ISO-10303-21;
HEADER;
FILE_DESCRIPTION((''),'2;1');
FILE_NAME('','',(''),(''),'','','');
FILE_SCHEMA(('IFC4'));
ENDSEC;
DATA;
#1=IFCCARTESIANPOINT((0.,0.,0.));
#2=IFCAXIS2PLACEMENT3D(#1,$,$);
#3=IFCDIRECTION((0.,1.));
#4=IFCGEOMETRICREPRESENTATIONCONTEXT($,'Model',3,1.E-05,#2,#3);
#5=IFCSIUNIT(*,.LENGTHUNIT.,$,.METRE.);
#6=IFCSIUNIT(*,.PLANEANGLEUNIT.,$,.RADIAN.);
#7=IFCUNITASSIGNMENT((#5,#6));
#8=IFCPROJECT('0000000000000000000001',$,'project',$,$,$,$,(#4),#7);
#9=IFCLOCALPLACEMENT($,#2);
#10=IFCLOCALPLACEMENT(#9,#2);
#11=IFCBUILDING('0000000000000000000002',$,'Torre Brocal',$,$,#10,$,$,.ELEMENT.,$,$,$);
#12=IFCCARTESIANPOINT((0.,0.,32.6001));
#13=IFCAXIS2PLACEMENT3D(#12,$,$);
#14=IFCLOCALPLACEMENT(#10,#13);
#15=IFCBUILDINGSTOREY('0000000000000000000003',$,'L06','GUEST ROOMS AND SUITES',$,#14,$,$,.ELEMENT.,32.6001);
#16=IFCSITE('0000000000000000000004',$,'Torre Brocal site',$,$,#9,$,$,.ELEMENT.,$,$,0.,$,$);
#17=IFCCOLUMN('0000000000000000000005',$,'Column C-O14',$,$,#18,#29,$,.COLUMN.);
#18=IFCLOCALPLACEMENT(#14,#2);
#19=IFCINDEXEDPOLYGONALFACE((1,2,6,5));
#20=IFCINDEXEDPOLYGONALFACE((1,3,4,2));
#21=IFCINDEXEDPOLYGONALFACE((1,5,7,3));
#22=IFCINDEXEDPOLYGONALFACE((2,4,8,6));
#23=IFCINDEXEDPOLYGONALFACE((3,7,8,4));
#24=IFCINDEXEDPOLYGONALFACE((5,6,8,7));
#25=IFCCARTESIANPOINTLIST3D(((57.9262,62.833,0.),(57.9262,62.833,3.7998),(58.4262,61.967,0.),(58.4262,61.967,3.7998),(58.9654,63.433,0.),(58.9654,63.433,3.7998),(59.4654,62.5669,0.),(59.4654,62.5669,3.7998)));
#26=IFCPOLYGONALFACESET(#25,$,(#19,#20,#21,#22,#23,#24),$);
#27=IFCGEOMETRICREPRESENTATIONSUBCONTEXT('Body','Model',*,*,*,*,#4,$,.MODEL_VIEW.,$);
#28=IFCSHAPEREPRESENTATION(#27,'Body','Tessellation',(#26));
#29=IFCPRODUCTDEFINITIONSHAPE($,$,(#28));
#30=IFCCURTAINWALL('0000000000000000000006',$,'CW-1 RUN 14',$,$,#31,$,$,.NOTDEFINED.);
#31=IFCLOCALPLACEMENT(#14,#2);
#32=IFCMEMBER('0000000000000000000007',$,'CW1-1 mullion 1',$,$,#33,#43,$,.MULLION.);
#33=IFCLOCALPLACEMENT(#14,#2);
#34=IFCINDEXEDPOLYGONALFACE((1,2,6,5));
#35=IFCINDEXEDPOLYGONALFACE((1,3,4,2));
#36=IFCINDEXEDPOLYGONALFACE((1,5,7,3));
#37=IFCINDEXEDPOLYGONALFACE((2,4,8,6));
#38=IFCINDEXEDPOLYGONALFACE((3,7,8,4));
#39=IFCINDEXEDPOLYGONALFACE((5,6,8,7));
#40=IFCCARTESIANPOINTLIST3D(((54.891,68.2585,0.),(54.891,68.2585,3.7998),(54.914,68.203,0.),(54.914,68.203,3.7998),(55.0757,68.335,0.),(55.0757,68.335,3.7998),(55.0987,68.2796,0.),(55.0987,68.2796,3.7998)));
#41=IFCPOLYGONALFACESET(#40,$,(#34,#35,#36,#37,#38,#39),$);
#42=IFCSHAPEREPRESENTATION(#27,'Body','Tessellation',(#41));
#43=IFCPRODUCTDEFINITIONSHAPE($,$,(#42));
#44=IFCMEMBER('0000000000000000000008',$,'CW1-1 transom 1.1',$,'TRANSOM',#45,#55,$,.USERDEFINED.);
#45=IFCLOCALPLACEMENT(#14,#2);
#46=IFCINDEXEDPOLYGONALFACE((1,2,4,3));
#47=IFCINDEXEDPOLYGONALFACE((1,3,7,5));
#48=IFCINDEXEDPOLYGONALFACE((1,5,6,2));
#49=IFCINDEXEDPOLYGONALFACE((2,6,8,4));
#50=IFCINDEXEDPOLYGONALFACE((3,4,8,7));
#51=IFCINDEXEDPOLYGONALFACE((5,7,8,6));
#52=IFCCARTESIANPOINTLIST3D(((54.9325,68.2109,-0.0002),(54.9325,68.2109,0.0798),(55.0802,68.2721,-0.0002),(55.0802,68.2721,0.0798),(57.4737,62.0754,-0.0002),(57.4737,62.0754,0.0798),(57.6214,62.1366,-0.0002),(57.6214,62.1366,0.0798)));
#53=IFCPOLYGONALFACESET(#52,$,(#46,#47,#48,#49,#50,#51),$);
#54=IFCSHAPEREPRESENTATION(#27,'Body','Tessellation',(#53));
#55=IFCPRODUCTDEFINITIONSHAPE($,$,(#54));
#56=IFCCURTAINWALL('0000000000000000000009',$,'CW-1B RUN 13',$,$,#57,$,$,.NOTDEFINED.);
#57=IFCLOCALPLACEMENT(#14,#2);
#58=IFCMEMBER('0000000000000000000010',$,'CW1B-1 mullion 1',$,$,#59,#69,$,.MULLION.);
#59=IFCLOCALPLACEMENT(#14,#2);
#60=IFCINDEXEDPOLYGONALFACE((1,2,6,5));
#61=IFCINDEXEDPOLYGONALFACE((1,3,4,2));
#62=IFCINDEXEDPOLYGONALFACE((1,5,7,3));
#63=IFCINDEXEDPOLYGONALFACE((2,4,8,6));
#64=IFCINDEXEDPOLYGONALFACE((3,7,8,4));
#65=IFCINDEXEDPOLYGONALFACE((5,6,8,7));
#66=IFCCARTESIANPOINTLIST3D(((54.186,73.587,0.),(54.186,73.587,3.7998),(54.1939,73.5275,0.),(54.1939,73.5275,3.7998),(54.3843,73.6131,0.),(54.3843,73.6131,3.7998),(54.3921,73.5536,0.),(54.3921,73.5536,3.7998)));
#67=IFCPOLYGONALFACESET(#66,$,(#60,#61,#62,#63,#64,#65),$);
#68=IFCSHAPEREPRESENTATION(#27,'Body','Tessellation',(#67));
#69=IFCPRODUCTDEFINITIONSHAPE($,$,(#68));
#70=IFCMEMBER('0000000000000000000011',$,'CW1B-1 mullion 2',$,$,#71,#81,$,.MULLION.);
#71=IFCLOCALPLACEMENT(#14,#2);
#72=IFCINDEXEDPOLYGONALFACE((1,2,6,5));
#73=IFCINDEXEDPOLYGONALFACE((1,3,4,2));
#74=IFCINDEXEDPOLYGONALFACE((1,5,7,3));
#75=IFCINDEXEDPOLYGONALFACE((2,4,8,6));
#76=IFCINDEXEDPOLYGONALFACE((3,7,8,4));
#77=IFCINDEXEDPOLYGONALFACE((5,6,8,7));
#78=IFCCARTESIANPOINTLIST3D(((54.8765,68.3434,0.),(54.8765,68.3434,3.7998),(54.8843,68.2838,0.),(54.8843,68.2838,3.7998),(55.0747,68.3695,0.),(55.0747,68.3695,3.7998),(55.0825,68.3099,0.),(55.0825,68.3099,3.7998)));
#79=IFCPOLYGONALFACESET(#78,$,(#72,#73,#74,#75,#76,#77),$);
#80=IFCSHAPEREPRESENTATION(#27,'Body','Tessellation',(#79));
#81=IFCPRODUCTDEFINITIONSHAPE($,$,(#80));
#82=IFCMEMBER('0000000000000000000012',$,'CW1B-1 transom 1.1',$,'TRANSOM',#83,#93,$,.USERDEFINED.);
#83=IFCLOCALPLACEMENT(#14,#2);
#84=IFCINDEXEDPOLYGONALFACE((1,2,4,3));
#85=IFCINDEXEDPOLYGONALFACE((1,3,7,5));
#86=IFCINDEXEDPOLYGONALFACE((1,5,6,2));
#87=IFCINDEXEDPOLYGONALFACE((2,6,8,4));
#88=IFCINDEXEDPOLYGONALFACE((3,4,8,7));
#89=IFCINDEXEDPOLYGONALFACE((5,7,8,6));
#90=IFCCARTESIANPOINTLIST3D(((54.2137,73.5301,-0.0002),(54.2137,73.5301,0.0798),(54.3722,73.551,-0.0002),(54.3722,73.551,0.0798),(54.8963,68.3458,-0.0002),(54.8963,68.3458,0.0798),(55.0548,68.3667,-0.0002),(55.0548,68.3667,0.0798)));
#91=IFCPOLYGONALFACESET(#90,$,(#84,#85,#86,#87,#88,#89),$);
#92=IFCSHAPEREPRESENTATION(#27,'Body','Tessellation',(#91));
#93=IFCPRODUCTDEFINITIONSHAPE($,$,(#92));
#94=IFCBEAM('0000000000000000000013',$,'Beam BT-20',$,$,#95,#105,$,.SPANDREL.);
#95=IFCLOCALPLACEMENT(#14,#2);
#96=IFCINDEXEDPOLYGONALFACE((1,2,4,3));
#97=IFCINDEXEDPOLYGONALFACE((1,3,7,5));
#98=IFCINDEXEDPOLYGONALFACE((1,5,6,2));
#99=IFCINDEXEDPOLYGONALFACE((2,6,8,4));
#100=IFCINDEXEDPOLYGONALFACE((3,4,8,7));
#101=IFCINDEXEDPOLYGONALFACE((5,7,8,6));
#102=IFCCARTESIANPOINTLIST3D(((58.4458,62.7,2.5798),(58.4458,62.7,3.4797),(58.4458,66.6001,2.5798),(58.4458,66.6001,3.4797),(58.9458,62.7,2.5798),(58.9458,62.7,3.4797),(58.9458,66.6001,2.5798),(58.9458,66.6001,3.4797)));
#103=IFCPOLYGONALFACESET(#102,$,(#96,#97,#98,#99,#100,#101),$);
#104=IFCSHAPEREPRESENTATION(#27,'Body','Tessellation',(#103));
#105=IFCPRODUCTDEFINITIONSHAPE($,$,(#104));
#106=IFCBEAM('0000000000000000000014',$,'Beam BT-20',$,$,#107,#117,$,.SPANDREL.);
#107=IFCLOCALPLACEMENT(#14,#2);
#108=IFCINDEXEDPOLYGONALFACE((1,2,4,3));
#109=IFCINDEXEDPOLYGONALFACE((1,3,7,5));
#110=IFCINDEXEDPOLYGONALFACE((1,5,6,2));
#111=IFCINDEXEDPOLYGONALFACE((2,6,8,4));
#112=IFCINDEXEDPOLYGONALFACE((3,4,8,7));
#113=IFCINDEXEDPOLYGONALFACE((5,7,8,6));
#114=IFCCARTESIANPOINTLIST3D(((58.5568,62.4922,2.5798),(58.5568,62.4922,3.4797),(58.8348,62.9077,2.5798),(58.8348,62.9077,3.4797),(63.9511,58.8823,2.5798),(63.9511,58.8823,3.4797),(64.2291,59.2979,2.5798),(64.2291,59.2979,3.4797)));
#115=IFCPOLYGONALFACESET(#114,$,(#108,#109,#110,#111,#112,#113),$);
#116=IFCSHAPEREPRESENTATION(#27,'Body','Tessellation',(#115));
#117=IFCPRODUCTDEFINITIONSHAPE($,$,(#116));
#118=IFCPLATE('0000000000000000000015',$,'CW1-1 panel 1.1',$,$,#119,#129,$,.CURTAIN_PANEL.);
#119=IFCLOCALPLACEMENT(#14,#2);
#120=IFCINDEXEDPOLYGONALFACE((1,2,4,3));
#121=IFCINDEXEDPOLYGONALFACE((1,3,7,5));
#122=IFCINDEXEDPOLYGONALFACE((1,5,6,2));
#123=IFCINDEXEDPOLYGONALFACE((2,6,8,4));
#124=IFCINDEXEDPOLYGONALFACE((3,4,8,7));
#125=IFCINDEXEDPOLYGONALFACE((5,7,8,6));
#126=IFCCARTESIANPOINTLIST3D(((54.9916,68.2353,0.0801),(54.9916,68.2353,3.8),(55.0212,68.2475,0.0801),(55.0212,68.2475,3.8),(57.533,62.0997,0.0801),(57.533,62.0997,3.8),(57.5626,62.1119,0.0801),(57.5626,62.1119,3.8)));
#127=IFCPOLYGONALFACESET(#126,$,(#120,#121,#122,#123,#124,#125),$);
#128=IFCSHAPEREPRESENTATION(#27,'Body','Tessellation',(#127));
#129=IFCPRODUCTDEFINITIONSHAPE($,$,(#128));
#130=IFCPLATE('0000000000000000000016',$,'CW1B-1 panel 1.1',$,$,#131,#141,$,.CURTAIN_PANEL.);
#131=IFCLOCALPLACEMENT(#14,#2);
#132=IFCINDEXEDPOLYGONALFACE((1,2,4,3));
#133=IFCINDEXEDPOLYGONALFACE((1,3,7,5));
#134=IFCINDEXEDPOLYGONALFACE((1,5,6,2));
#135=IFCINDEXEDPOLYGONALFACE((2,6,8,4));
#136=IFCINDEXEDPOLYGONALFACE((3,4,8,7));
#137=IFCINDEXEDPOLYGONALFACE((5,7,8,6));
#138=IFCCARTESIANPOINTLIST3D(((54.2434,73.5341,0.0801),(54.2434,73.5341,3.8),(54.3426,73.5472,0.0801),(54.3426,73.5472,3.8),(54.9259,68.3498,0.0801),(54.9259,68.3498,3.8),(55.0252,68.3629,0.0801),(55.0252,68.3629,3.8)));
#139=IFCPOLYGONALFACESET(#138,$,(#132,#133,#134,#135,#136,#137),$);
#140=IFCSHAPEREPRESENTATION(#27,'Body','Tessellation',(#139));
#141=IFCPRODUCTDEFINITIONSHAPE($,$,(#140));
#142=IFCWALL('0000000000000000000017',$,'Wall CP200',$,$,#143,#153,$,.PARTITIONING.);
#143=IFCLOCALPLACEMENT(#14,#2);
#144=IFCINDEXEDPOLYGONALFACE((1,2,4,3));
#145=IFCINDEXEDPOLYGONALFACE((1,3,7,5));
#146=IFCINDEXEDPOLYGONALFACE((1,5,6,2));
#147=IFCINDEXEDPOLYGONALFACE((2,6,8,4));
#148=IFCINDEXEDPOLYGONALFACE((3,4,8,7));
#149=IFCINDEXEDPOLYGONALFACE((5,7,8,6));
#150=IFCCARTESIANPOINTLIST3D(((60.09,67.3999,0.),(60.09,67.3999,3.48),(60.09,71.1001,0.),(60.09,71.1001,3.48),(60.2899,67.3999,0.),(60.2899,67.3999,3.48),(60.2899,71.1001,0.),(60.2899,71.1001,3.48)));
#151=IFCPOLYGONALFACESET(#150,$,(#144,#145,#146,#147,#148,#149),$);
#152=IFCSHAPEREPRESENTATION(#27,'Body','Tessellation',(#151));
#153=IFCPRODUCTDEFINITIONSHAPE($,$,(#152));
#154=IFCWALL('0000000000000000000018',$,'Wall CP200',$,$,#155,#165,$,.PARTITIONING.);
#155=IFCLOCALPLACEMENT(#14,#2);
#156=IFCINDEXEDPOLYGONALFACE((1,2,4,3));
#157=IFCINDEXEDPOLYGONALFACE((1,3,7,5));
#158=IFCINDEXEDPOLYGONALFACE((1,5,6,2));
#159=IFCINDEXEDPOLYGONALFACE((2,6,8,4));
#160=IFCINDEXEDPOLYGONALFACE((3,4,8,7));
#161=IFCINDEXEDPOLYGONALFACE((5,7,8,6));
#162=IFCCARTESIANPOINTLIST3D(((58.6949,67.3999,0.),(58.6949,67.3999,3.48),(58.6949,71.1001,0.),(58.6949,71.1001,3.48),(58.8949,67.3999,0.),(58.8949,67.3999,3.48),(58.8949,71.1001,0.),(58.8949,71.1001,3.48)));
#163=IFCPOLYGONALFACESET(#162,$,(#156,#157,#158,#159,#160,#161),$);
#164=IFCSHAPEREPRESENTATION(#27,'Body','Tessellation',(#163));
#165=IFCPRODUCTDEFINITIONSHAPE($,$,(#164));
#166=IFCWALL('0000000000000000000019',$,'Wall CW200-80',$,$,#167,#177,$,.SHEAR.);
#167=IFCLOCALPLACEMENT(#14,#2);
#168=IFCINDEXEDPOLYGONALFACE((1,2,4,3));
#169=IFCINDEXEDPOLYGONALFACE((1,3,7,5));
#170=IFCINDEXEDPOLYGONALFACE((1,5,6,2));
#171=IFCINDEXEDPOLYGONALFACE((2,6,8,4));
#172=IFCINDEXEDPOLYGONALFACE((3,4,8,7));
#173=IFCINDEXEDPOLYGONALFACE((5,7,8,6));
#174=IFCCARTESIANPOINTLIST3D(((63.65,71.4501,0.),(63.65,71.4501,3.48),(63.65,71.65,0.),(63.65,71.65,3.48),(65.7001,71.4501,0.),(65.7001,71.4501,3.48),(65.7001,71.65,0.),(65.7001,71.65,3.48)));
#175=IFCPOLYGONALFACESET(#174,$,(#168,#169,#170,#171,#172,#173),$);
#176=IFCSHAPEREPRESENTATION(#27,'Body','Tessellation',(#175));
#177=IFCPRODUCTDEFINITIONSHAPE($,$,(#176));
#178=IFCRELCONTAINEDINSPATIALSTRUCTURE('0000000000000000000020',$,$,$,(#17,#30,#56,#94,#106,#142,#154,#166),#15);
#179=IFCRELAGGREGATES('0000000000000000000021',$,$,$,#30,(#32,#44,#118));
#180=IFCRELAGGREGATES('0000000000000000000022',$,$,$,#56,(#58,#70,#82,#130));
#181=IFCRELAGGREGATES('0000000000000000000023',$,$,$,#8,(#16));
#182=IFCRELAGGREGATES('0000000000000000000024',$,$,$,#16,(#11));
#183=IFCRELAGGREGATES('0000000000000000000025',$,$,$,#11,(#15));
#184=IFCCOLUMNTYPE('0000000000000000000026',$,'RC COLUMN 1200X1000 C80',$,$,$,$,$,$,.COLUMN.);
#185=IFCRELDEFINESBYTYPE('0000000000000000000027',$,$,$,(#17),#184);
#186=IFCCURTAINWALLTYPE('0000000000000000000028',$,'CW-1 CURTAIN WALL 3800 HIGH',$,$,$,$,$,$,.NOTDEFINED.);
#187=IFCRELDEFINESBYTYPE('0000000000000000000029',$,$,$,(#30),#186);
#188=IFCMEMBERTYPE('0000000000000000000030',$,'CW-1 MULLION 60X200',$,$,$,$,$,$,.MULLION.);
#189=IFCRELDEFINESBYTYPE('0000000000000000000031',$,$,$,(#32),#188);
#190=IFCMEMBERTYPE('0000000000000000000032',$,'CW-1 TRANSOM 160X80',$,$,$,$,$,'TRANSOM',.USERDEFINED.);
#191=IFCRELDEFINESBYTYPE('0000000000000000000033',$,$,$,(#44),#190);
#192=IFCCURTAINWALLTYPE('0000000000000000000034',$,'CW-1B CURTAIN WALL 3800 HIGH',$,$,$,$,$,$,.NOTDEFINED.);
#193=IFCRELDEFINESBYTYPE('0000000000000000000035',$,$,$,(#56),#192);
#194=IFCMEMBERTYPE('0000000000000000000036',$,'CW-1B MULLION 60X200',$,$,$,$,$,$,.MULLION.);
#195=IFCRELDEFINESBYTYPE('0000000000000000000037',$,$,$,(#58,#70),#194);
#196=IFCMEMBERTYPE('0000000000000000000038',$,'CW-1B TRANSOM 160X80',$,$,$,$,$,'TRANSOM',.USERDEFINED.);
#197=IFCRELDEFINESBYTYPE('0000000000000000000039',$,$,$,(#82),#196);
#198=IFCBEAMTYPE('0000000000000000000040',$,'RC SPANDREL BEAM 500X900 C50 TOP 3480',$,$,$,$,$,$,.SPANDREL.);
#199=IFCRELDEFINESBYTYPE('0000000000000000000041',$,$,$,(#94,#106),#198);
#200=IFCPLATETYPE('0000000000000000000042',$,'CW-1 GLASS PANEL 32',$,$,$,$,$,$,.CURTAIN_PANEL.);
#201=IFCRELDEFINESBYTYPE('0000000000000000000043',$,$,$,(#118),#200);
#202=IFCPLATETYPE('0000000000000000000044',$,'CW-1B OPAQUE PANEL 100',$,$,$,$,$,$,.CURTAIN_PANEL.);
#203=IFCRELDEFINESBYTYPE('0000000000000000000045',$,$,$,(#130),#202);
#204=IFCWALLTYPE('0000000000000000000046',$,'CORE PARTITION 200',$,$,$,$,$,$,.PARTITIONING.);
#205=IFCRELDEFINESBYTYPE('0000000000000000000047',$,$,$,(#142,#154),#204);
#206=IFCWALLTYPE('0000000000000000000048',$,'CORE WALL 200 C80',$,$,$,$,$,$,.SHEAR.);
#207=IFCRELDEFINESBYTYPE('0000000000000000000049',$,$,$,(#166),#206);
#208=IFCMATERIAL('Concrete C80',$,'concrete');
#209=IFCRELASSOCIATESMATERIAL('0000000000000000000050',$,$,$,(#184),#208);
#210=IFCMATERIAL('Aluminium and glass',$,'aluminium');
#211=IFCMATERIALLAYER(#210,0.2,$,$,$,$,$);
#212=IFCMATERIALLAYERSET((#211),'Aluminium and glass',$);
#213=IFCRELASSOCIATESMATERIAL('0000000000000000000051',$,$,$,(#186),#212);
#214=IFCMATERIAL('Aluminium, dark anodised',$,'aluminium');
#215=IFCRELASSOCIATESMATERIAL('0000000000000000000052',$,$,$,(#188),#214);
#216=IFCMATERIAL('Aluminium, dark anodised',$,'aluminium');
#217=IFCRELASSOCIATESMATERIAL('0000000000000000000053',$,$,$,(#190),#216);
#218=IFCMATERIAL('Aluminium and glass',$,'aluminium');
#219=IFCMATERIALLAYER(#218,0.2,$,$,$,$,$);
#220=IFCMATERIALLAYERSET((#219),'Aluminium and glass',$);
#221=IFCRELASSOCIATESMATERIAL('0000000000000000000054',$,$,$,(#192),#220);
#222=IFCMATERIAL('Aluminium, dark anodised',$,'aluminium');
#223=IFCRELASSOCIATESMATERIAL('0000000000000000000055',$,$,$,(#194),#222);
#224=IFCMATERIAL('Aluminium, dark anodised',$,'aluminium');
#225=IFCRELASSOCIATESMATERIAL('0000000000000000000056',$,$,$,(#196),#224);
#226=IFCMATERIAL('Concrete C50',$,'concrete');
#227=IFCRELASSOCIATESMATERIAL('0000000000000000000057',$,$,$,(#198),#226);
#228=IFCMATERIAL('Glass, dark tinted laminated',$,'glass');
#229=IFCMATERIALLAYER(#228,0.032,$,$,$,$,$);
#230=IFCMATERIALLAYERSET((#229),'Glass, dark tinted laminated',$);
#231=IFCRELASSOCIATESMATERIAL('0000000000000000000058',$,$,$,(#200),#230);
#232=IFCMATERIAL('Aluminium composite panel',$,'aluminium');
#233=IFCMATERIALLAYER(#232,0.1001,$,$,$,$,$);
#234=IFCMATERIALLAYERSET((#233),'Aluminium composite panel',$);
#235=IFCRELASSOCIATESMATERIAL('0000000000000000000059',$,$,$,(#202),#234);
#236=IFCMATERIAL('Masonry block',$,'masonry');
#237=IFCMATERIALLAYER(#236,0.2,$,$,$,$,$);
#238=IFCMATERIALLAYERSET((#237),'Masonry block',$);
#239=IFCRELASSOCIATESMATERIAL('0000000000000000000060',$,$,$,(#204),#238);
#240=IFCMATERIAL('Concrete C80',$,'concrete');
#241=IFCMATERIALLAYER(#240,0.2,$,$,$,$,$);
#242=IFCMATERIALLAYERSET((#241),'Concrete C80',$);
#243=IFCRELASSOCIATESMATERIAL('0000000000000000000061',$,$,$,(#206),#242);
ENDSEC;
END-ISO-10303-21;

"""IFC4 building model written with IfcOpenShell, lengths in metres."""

from ifc_helpers import new_model, si_unit, direction, frame, frame_2d, origin, origin_2d, place, context, subcontext, project, spatial, rectangle, extrude, material, layer, layer_set, material_profile, profile_set, type_object, element, aggregate, save


model = new_model("IFC4")

# Units and contexts
model_context = context("Model", 3, precision=1e-05, world=origin(), true_north=direction((0.0, 1.0)))
body_context = subcontext(model_context, "Body", "Model", "MODEL_VIEW")
ifc_project = project(units=[si_unit("LENGTHUNIT", "METRE"), si_unit("PLANEANGLEUNIT", "RADIAN")], contexts=[model_context])

# Site, building, storey
site_placement = place(None, origin())
site = spatial("IfcSite", under=ifc_project, at=site_placement, Name="Torre Brocal site", CompositionType="ELEMENT", RefElevation=0.0)
building_placement = place(site_placement, origin())
building = spatial("IfcBuilding", under=site, at=building_placement, Name="Torre Brocal", CompositionType="ELEMENT")
storey_placement = place(building_placement, frame((0.0, 0.0, 32.6001)))
storey = spatial("IfcBuildingStorey", under=building, at=storey_placement, Name="L06", Description="GUEST ROOMS AND SUITES", CompositionType="ELEMENT", Elevation=32.6001)

# Column
ifc_material_1 = material(Name="Concrete C80", Category="concrete")
ifc_material_profile_1 = material_profile(ifc_material_1, rectangle(XDim=1.2, YDim=1.0, at=origin_2d()), Name="RC 1200X1000")
ifc_profile_set_1 = profile_set([ifc_material_profile_1], Name="Concrete C80")
column_type = type_object("IfcColumnType", Name="RC COLUMN 1200X1000 C80", PredefinedType="COLUMN", material=ifc_profile_set_1)
column_placement = place(storey_placement, frame((58.6958, 62.7, 0.0), z_axis=(0.0, 0.0, 1.0), x_axis=(-0.866025, -0.5, 0.0)))
element("IfcColumn", 1, at=column_placement, inside=storey, type_object=column_type, Name="Column C-O14", PredefinedType="COLUMN", context=body_context, shape_type="SweptSolid", body=[
    extrude(rectangle(XDim=1.2, YDim=1.0, at=origin_2d()), origin(), (0.0, 0.0, 1.0), 3.7998),
])

# Curtain walls, members
ifc_material_2 = material(Name="Aluminium and glass", Category="aluminium")
ifc_layer_1 = layer(ifc_material_2, 0.2)
ifc_layer_set_1 = layer_set([ifc_layer_1], Name="Aluminium and glass")
curtain_wall_type_1 = type_object("IfcCurtainWallType", Name="CW-1 CURTAIN WALL 3800 HIGH", PredefinedType="NOTDEFINED", material=ifc_layer_set_1)
curtain_wall_1_placement = place(storey_placement, origin())
curtain_wall_1 = element("IfcCurtainWall", 2, at=curtain_wall_1_placement, inside=storey, type_object=curtain_wall_type_1, Name="CW-1 RUN 14", PredefinedType="NOTDEFINED")
ifc_material_3 = material(Name="Aluminium, dark anodised", Category="aluminium")
ifc_material_profile_2 = material_profile(ifc_material_3, rectangle(XDim=0.2, YDim=0.0601, at=origin_2d()), Name="CW-1 MULLION 60X200")
ifc_profile_set_2 = profile_set([ifc_material_profile_2], Name="Aluminium, dark anodised")
member_type_1 = type_object("IfcMemberType", Name="CW-1 MULLION 60X200", PredefinedType="MULLION", material=ifc_profile_set_2)
member_1_placement = place(storey_placement, frame((54.9949, 68.269, 0.0), z_axis=(0.0, 0.0, 1.0), x_axis=(0.92388, 0.382683, 0.0)))
member_1 = element("IfcMember", 3, at=member_1_placement, type_object=member_type_1, Name="CW1-1 mullion 1", PredefinedType="MULLION", context=body_context, shape_type="SweptSolid", body=[
    extrude(rectangle(XDim=0.2, YDim=0.0601, at=origin_2d()), origin(), (0.0, 0.0, 1.0), 3.7998),
])
ifc_material_4 = material(Name="Aluminium, dark anodised", Category="aluminium")
ifc_material_profile_3 = material_profile(ifc_material_4, rectangle(XDim=0.1599, YDim=0.0801, at=origin_2d()), Name="CW-1 TRANSOM 160X80")
ifc_profile_set_3 = profile_set([ifc_material_profile_3], Name="Aluminium, dark anodised")
member_type_2 = type_object("IfcMemberType", Name="CW-1 TRANSOM 160X80", ElementType="TRANSOM", PredefinedType="USERDEFINED", material=ifc_profile_set_3)
member_2_placement = place(storey_placement, frame((55.0063, 68.2415, 0.0398), z_axis=(0.382665, -0.923887, 0.0), x_axis=(0.923887, 0.382665, 0.0)))
member_2 = element("IfcMember", 4, at=member_2_placement, type_object=member_type_2, Name="CW1-1 transom 1.1", ObjectType="TRANSOM", PredefinedType="USERDEFINED", context=body_context, shape_type="SweptSolid", body=[
    extrude(rectangle(XDim=0.1599, YDim=0.0801, at=origin_2d()), origin(), (0.0, 0.0, 1.0), 6.6409),
])
ifc_material_5 = material(Name="Aluminium and glass", Category="aluminium")
ifc_layer_2 = layer(ifc_material_5, 0.2)
ifc_layer_set_2 = layer_set([ifc_layer_2], Name="Aluminium and glass")
curtain_wall_type_2 = type_object("IfcCurtainWallType", Name="CW-1B CURTAIN WALL 3800 HIGH", PredefinedType="NOTDEFINED", material=ifc_layer_set_2)
curtain_wall_2_placement = place(storey_placement, origin())
curtain_wall_2 = element("IfcCurtainWall", 5, at=curtain_wall_2_placement, inside=storey, type_object=curtain_wall_type_2, Name="CW-1B RUN 13", PredefinedType="NOTDEFINED")
ifc_material_6 = material(Name="Aluminium, dark anodised", Category="aluminium")
ifc_material_profile_4 = material_profile(ifc_material_6, rectangle(XDim=0.2, YDim=0.0601, at=origin_2d()), Name="CW-1B MULLION 60X200")
ifc_profile_set_4 = profile_set([ifc_material_profile_4], Name="Aluminium, dark anodised")
member_type_3 = type_object("IfcMemberType", Name="CW-1B MULLION 60X200", PredefinedType="MULLION", material=ifc_profile_set_4)
member_3_placement = place(storey_placement, frame((54.2891, 73.5703, 0.0), z_axis=(0.0, 0.0, 1.0), x_axis=(0.991445, 0.130526, 0.0)))
member_3 = element("IfcMember", 6, at=member_3_placement, type_object=member_type_3, Name="CW1B-1 mullion 1", PredefinedType="MULLION", context=body_context, shape_type="SweptSolid", body=[
    extrude(rectangle(XDim=0.2, YDim=0.0601, at=origin_2d()), origin(), (0.0, 0.0, 1.0), 3.7998),
])
member_4_placement = place(storey_placement, frame((54.9795, 68.3267, 0.0), z_axis=(0.0, 0.0, 1.0), x_axis=(0.991445, 0.130526, 0.0)))
member_4 = element("IfcMember", 7, at=member_4_placement, type_object=member_type_3, Name="CW1B-1 mullion 2", PredefinedType="MULLION", context=body_context, shape_type="SweptSolid", body=[
    extrude(rectangle(XDim=0.2, YDim=0.0601, at=origin_2d()), origin(), (0.0, 0.0, 1.0), 3.7998),
])
ifc_material_7 = material(Name="Aluminium, dark anodised", Category="aluminium")
ifc_material_profile_5 = material_profile(ifc_material_7, rectangle(XDim=0.1599, YDim=0.0801, at=origin_2d()), Name="CW-1B TRANSOM 160X80")
ifc_profile_set_5 = profile_set([ifc_material_profile_5], Name="Aluminium, dark anodised")
member_type_4 = type_object("IfcMemberType", Name="CW-1B TRANSOM 160X80", ElementType="TRANSOM", PredefinedType="USERDEFINED", material=ifc_profile_set_5)
member_5_placement = place(storey_placement, frame((54.293, 73.5405, 0.0398), z_axis=(0.130543, -0.991443, 0.0), x_axis=(0.991443, 0.130543, 0.0)))
member_5 = element("IfcMember", 8, at=member_5_placement, type_object=member_type_4, Name="CW1B-1 transom 1.1", ObjectType="TRANSOM", PredefinedType="USERDEFINED", context=body_context, shape_type="SweptSolid", body=[
    extrude(rectangle(XDim=0.1599, YDim=0.0801, at=origin_2d()), origin(), (0.0, 0.0, 1.0), 5.229),
])

# Beams
ifc_material_8 = material(Name="Concrete C50", Category="concrete")
ifc_material_profile_6 = material_profile(ifc_material_8, rectangle(XDim=0.5, YDim=0.8999, at=origin_2d()), Name="RC 500X900")
ifc_profile_set_6 = profile_set([ifc_material_profile_6], Name="Concrete C50")
beam_type = type_object("IfcBeamType", Name="RC SPANDREL BEAM 500X900 C50 TOP 3480", PredefinedType="SPANDREL", material=ifc_profile_set_6)
beam_1_placement = place(storey_placement, frame((58.6958, 62.7, 3.0298), z_axis=(0.0, 1.0, 0.0), x_axis=(-1.0, 0.0, 0.0)))
element("IfcBeam", 9, at=beam_1_placement, inside=storey, type_object=beam_type, Name="Beam BT-20", PredefinedType="SPANDREL", context=body_context, shape_type="SweptSolid", body=[
    extrude(rectangle(XDim=0.5, YDim=0.8999, at=origin_2d()), origin(), (0.0, 0.0, 1.0), 3.9001),
])
beam_2_placement = place(storey_placement, frame((58.6958, 62.7, 3.0298), z_axis=(0.831077, -0.556158, 0.0), x_axis=(0.556158, 0.831077, 0.0)))
element("IfcBeam", 10, at=beam_2_placement, inside=storey, type_object=beam_type, Name="Beam BT-20", PredefinedType="SPANDREL", context=body_context, shape_type="SweptSolid", body=[
    extrude(rectangle(XDim=0.5, YDim=0.8999, at=origin_2d()), origin(), (0.0, 0.0, 1.0), 6.4907),
])

# Plates
ifc_material_9 = material(Name="Glass, dark tinted laminated", Category="glass")
ifc_layer_3 = layer(ifc_material_9, 0.032)
ifc_layer_set_3 = layer_set([ifc_layer_3], Name="Glass, dark tinted laminated")
plate_type_1 = type_object("IfcPlateType", Name="CW-1 GLASS PANEL 32", PredefinedType="CURTAIN_PANEL", material=ifc_layer_set_3)
plate_1_placement = place(storey_placement, frame((56.2771, 65.1736, 0.0801), z_axis=(0.0, 0.0, 1.0), x_axis=(0.382683, -0.92388, 0.0)))
plate_1 = element("IfcPlate", 11, at=plate_1_placement, type_object=plate_type_1, Name="CW1-1 panel 1.1", PredefinedType="CURTAIN_PANEL", context=body_context, shape_type="SweptSolid", body=[
    extrude(rectangle(XDim=6.6411, YDim=0.032, at=origin_2d()), origin(), (0.0, 0.0, 1.0), 3.72),
])
aggregate(curtain_wall_1, [member_1, member_2, plate_1])
ifc_material_10 = material(Name="Aluminium composite panel", Category="aluminium")
ifc_layer_4 = layer(ifc_material_10, 0.1001)
ifc_layer_set_4 = layer_set([ifc_layer_4], Name="Aluminium composite panel")
plate_type_2 = type_object("IfcPlateType", Name="CW-1B OPAQUE PANEL 100", PredefinedType="CURTAIN_PANEL", material=ifc_layer_set_4)
plate_2_placement = place(storey_placement, frame((54.6343, 70.9485, 0.0801), z_axis=(0.0, 0.0, 1.0), x_axis=(0.130526, -0.991445, 0.0)))
plate_2 = element("IfcPlate", 12, at=plate_2_placement, type_object=plate_type_2, Name="CW1B-1 panel 1.1", PredefinedType="CURTAIN_PANEL", context=body_context, shape_type="SweptSolid", body=[
    extrude(rectangle(XDim=5.229, YDim=0.1001, at=origin_2d()), origin(), (0.0, 0.0, 1.0), 3.72),
])
aggregate(curtain_wall_2, [member_3, member_4, member_5, plate_2])

# Walls
ifc_material_11 = material(Name="Masonry block", Category="masonry")
ifc_layer_5 = layer(ifc_material_11, 0.2)
ifc_layer_set_5 = layer_set([ifc_layer_5], Name="Masonry block")
wall_type_1 = type_object("IfcWallType", Name="CORE PARTITION 200", PredefinedType="PARTITIONING", material=ifc_layer_set_5)
for number, where, z_axis, x_axis, name in (
    (13, (60.1899, 71.1001, 0.0), (0.0, 0.0, 1.0), (0.0, -1.0, 0.0), "Wall CP200"),
    (14, (58.7949, 71.1001, 0.0), (0.0, 0.0, 1.0), (0.0, -1.0, 0.0), "Wall CP200"),
):
    element("IfcWall", number, at=place(storey_placement, frame(where, z_axis=z_axis, x_axis=x_axis)), inside=storey, type_object=wall_type_1, Name=name, PredefinedType="PARTITIONING", context=body_context, shape_type="SweptSolid", body=[
        extrude(rectangle(XDim=3.7002, YDim=0.2, at=frame_2d((1.8501, 0.0))), origin(), (0.0, 0.0, 1.0), 3.48),
    ])
ifc_material_12 = material(Name="Concrete C80", Category="concrete")
ifc_layer_6 = layer(ifc_material_12, 0.2)
ifc_layer_set_6 = layer_set([ifc_layer_6], Name="Concrete C80")
wall_type_2 = type_object("IfcWallType", Name="CORE WALL 200 C80", PredefinedType="SHEAR", material=ifc_layer_set_6)
wall_1_placement = place(storey_placement, frame((65.7, 71.55, 0.0), z_axis=(0.0, 0.0, 1.0), x_axis=(-1.0, 0.0, 0.0)))
element("IfcWall", 15, at=wall_1_placement, inside=storey, type_object=wall_type_2, Name="Wall CW200-80", PredefinedType="SHEAR", context=body_context, shape_type="SweptSolid", body=[
    extrude(rectangle(XDim=2.05, YDim=0.2, at=frame_2d((1.0249, 0.0))), origin(), (0.0, 0.0, 1.0), 3.48),
])

save(model, "model.ifc")
